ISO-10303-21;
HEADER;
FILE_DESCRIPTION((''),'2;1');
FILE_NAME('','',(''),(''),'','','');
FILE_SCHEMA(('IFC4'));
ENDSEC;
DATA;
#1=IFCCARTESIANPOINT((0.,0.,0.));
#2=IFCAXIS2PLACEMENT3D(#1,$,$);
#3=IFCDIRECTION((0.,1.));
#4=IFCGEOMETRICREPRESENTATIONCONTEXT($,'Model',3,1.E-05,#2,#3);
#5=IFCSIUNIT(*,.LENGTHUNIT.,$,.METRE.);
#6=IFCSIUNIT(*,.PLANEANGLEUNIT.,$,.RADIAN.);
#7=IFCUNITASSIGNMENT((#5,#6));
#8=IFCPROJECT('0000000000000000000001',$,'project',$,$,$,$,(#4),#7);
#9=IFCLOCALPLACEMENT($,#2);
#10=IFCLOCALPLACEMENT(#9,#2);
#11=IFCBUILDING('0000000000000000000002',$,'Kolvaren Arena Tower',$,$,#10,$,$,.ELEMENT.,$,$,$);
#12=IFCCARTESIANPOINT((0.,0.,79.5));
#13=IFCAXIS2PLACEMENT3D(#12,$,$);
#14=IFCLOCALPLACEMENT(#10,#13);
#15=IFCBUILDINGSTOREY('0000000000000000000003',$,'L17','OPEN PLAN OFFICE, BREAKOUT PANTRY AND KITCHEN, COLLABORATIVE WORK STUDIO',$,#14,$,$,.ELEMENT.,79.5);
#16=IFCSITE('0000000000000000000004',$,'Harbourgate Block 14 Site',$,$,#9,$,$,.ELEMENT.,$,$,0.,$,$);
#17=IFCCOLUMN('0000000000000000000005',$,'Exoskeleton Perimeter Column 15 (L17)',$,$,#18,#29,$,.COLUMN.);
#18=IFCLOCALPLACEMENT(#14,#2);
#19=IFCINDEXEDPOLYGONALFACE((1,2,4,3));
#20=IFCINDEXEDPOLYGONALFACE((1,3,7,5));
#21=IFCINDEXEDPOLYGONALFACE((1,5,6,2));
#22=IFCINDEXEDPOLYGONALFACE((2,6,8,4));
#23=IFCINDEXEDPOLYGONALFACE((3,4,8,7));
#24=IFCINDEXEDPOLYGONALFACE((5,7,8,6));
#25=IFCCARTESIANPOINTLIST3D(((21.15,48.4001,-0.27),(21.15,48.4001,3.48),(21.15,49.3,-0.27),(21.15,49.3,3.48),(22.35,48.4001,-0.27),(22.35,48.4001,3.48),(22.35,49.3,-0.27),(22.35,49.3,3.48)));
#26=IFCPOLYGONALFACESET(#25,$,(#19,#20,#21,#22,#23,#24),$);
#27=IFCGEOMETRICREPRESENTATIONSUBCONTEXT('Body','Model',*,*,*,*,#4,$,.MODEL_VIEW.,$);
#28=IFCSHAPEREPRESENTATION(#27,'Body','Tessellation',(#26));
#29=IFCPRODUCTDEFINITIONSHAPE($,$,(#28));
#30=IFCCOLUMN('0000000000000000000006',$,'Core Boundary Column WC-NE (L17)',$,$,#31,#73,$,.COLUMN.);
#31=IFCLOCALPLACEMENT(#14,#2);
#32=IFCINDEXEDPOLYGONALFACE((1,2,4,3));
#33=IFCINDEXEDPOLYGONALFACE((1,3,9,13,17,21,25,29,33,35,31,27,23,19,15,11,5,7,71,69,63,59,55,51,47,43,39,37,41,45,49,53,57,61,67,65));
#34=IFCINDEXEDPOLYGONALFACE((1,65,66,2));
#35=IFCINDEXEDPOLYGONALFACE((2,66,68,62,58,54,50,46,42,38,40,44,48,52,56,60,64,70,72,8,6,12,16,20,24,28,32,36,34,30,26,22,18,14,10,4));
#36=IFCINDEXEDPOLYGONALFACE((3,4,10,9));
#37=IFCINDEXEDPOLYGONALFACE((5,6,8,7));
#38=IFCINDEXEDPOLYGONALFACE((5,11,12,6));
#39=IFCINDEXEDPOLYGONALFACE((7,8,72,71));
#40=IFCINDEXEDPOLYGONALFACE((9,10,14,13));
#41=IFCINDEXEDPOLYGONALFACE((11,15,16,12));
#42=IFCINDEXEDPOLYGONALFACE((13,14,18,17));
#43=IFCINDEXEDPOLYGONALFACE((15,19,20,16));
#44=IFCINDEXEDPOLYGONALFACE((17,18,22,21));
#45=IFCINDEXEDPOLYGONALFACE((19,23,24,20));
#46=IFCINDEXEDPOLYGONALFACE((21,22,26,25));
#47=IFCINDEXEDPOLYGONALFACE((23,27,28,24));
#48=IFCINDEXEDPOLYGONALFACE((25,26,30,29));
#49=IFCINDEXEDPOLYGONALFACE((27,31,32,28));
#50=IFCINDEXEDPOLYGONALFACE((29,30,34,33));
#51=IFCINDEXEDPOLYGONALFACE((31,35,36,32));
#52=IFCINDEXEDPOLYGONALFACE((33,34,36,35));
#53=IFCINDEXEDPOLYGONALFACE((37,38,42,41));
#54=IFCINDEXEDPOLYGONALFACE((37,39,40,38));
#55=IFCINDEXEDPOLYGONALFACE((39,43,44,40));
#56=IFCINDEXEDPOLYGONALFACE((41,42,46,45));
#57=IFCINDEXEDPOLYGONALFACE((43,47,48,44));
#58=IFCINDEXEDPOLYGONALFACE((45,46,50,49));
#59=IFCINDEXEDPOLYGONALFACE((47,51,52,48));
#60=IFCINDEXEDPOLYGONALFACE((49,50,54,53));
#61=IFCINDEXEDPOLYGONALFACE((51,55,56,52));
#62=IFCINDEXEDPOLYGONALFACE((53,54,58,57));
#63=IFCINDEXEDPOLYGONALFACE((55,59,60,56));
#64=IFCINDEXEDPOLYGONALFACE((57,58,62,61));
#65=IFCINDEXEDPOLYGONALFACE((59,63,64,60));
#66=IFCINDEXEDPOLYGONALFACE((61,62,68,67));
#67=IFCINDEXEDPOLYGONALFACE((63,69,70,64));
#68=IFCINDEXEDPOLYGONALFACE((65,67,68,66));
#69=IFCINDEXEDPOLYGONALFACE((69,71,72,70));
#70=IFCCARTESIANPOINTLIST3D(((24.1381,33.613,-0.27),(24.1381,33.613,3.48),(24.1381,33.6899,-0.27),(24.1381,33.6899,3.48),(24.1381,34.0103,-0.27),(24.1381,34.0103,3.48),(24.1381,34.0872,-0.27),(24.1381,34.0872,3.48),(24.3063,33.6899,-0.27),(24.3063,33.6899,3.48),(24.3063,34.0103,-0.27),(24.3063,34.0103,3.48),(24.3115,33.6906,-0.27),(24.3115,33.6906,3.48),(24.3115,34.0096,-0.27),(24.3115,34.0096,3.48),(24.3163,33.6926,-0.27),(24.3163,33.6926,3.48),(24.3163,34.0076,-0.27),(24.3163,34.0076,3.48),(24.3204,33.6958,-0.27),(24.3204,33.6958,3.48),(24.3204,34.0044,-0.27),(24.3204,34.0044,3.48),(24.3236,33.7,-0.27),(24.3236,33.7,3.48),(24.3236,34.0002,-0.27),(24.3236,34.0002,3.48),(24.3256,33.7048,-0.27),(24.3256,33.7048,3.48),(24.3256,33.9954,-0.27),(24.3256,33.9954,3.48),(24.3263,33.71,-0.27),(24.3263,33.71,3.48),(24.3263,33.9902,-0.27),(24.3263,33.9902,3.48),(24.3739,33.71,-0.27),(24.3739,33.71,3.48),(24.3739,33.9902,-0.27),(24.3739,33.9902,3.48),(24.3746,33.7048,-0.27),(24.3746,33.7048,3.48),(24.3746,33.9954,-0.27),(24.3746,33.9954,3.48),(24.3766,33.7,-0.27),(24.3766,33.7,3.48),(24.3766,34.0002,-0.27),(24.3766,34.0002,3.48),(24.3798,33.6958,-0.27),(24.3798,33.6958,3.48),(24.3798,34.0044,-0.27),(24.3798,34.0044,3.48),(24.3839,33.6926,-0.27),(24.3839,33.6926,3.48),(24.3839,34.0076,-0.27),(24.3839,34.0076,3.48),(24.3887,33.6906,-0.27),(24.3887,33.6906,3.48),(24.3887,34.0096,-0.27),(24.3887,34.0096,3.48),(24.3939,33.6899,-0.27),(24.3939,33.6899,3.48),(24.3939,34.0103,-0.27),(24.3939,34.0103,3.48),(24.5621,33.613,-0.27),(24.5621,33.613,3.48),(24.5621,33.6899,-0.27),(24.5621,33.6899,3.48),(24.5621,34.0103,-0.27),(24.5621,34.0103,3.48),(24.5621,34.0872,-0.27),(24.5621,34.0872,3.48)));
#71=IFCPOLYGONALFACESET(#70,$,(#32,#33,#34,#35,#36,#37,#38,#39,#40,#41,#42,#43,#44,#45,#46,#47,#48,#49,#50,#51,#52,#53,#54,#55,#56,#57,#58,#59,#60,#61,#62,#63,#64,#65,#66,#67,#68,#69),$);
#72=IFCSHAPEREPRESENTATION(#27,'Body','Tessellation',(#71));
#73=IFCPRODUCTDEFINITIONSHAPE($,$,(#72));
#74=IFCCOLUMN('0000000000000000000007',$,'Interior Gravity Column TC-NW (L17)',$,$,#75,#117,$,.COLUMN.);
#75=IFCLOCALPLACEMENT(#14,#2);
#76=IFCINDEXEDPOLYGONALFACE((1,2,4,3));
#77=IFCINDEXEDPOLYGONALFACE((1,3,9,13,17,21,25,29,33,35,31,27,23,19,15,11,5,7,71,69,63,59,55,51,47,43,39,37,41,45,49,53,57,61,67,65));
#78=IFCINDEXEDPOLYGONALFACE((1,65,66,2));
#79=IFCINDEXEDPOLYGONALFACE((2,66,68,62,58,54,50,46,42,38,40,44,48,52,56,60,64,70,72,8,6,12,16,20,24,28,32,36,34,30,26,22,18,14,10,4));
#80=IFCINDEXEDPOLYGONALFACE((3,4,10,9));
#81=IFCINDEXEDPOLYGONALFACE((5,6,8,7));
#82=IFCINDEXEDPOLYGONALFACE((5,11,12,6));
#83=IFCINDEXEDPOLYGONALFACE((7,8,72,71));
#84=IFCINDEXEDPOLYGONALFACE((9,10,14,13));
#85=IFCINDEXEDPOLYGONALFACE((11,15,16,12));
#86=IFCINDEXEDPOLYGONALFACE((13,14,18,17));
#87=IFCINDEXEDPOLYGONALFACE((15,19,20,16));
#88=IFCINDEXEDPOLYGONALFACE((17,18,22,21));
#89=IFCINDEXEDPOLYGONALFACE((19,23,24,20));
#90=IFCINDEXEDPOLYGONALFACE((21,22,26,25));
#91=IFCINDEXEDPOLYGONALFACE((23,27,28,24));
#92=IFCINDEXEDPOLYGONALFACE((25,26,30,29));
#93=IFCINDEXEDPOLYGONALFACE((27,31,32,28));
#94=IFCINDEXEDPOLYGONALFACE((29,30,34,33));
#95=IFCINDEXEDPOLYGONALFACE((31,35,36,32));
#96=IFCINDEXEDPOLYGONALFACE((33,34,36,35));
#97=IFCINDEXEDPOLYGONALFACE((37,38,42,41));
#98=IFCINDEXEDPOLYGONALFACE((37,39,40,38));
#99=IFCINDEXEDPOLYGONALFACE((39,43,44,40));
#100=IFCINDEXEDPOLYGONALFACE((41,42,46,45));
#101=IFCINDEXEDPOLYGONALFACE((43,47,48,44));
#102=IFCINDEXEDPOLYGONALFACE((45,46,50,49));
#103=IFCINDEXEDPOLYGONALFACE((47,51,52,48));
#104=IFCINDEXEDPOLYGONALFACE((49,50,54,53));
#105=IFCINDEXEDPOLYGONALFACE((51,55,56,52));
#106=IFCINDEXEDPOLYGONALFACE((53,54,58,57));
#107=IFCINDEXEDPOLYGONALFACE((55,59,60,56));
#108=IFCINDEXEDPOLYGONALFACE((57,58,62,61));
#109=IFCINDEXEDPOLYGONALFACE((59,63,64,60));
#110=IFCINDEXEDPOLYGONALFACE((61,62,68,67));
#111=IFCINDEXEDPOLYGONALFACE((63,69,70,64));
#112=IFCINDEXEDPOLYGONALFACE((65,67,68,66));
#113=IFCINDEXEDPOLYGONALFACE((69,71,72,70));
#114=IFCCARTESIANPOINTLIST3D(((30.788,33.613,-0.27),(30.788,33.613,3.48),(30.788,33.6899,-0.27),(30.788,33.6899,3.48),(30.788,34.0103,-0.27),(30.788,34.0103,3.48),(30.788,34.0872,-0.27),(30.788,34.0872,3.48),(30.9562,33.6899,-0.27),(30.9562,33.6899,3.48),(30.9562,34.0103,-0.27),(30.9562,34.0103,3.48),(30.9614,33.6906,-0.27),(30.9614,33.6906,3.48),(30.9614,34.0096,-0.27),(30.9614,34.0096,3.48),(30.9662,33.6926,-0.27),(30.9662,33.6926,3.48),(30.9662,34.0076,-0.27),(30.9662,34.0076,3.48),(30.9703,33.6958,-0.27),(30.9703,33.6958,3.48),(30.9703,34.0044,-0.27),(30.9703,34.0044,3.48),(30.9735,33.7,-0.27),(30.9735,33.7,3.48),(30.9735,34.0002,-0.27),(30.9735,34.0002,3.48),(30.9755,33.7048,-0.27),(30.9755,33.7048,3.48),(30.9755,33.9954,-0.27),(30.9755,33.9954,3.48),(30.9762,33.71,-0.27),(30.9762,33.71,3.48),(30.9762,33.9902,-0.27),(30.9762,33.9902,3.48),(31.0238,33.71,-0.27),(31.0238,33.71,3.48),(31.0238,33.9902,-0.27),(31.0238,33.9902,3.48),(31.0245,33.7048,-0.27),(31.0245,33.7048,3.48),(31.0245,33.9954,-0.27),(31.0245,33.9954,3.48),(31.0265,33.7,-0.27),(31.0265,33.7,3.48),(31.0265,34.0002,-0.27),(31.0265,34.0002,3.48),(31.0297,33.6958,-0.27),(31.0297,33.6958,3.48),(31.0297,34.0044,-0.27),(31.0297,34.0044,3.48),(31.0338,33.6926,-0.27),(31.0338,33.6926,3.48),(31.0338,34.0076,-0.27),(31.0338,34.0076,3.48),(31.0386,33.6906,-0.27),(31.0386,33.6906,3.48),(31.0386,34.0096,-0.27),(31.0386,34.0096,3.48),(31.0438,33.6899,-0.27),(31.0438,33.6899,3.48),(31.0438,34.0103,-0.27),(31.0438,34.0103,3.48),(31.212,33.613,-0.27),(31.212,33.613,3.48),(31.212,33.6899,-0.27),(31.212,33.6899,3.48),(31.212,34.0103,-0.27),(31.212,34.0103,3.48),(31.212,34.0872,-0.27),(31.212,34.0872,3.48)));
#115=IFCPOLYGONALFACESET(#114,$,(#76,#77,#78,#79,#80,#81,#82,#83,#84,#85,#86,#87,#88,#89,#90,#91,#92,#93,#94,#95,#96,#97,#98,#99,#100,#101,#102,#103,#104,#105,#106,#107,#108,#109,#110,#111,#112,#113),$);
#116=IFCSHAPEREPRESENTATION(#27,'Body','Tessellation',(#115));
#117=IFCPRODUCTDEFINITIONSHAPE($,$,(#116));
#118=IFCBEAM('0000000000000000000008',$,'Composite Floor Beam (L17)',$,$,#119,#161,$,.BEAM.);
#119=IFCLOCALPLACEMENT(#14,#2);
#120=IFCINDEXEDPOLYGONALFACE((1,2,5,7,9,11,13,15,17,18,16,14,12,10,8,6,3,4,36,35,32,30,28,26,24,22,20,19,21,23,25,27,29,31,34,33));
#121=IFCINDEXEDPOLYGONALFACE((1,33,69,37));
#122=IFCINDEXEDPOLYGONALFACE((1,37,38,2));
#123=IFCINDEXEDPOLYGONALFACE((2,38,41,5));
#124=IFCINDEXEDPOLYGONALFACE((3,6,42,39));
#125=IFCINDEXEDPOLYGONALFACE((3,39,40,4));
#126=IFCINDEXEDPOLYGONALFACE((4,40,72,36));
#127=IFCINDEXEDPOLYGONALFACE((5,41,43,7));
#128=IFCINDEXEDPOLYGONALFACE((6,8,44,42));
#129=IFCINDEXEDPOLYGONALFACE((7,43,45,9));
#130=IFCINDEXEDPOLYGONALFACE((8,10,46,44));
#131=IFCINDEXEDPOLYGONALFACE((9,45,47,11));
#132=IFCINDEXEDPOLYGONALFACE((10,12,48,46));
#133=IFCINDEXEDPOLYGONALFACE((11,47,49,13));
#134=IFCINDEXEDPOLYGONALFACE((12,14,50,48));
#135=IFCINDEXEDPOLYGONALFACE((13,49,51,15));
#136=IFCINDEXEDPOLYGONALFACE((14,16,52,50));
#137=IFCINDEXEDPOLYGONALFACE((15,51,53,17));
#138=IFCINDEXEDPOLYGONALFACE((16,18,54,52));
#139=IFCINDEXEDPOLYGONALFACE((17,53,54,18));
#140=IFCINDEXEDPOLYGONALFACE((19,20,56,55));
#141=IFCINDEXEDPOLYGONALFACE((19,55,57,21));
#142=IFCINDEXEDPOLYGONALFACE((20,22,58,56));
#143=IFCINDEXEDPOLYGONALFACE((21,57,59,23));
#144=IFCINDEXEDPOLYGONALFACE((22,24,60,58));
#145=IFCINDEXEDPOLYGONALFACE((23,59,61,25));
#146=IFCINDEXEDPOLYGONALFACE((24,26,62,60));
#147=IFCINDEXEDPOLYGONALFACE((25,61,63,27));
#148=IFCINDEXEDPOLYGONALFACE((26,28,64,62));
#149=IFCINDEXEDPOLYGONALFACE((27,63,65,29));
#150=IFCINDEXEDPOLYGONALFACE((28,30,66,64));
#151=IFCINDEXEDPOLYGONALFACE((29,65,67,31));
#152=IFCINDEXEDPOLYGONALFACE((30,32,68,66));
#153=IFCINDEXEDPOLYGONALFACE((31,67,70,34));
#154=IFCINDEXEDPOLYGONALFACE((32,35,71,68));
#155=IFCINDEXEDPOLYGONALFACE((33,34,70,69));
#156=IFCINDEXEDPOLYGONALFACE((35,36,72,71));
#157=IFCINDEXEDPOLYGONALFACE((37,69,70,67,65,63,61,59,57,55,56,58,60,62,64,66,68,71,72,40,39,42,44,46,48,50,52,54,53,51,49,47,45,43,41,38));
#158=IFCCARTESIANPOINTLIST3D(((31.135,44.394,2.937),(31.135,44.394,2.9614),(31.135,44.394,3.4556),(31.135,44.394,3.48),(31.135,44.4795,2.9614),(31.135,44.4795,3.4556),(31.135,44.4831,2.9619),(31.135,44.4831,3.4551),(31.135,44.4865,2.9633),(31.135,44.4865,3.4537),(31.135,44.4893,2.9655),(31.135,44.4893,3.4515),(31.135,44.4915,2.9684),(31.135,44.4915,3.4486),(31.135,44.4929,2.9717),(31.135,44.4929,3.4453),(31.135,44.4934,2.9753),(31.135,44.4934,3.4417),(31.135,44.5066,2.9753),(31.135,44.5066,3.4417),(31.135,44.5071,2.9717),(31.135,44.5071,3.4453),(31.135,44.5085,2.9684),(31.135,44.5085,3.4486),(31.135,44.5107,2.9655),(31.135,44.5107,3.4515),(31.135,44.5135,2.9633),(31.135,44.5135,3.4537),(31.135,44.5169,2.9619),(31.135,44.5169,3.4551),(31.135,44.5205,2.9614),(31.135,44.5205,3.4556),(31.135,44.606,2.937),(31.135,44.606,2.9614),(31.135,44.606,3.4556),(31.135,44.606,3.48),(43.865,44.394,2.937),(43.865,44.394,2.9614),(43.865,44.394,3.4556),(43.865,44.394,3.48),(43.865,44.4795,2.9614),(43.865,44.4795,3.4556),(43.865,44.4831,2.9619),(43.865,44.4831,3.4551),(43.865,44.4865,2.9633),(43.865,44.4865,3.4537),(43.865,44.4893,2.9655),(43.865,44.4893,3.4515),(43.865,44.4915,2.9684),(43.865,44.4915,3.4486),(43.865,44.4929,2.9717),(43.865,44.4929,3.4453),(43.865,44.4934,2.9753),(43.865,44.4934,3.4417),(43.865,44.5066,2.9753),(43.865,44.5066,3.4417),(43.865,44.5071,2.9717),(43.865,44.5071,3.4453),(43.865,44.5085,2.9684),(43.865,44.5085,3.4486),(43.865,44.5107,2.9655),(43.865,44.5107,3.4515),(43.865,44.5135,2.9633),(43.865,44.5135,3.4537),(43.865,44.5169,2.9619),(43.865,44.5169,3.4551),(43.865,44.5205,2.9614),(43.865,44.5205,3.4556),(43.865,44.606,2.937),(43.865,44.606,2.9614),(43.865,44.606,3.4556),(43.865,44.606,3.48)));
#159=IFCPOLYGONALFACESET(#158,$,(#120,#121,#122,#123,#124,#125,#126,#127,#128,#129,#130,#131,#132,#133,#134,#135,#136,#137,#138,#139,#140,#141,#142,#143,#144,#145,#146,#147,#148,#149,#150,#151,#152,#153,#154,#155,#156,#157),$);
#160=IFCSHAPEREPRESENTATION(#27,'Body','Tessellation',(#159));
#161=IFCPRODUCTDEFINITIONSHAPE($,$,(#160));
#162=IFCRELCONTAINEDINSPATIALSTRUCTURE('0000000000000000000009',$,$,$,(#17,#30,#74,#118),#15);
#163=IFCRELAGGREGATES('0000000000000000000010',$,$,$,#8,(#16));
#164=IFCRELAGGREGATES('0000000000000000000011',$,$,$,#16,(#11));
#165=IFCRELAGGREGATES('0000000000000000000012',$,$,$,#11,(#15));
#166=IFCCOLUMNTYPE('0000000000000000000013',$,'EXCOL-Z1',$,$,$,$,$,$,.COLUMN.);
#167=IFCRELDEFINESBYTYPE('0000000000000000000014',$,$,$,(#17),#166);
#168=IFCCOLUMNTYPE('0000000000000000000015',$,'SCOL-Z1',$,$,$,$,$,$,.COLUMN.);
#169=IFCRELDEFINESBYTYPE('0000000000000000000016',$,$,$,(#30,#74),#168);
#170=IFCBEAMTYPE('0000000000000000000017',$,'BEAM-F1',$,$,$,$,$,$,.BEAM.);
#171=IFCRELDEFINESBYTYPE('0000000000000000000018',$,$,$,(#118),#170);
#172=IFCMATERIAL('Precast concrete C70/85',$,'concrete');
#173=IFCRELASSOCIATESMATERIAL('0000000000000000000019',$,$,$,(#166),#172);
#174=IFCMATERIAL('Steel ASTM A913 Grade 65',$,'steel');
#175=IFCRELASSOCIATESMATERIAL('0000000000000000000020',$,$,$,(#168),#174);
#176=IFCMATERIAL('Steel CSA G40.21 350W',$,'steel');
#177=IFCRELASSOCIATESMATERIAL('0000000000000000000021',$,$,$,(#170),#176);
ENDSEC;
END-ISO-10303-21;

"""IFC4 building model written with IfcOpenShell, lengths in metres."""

from ifc_helpers import new_model, si_unit, direction, frame, origin, origin_2d, place, context, subcontext, project, spatial, rectangle, i_section, extrude, material, material_profile, profile_set, type_object, element, save


model = new_model("IFC4")

# Units and contexts
model_context = context("Model", 3, precision=1e-05, world=origin(), true_north=direction((0.0, 1.0)))
body_context = subcontext(model_context, "Body", "Model", "MODEL_VIEW")
ifc_project = project(units=[si_unit("LENGTHUNIT", "METRE"), si_unit("PLANEANGLEUNIT", "RADIAN")], contexts=[model_context])

# Site, building, storey
site_placement = place(None, origin())
site = spatial("IfcSite", under=ifc_project, at=site_placement, Name="Harbourgate Block 14 Site", CompositionType="ELEMENT", RefElevation=0.0)
building_placement = place(site_placement, origin())
building = spatial("IfcBuilding", under=site, at=building_placement, Name="Kolvaren Arena Tower", CompositionType="ELEMENT")
storey_placement = place(building_placement, frame((0.0, 0.0, 79.5)))
storey = spatial("IfcBuildingStorey", under=building, at=storey_placement, Name="L17", Description="OPEN PLAN OFFICE, BREAKOUT PANTRY AND KITCHEN, COLLABORATIVE WORK STUDIO", CompositionType="ELEMENT", Elevation=79.5)

# Columns
ifc_material_1 = material(Name="Precast concrete C70/85", Category="concrete")
ifc_material_profile_1 = material_profile(ifc_material_1, rectangle(XDim=1.2, YDim=0.8999, at=origin_2d()), Name="RC-1200x900")
ifc_profile_set_1 = profile_set([ifc_material_profile_1], Name="Precast concrete C70/85")
column_type_1 = type_object("IfcColumnType", Name="EXCOL-Z1", PredefinedType="COLUMN", material=ifc_profile_set_1)
column_placement = place(storey_placement, frame((21.75, 48.8501, -0.27), z_axis=(0.0, 0.0, 1.0), x_axis=(1.0, 0.0, 0.0)))
element("IfcColumn", 1, at=column_placement, inside=storey, type_object=column_type_1, Name="Exoskeleton Perimeter Column 15 (L17)", PredefinedType="COLUMN", context=body_context, shape_type="SweptSolid", body=[
    extrude(rectangle(XDim=1.2, YDim=0.8999, at=origin_2d()), origin(), (0.0, 0.0, 1.0), 3.75),
])
ifc_material_2 = material(Name="Steel ASTM A913 Grade 65", Category="steel")
ifc_material_profile_2 = material_profile(ifc_material_2, i_section(OverallWidth=0.4241, OverallDepth=0.4741, WebThickness=0.0476, FlangeThickness=0.0769, FilletRadius=0.02, at=origin_2d()), Name="W360x634")
ifc_profile_set_2 = profile_set([ifc_material_profile_2], Name="Steel ASTM A913 Grade 65")
column_type_2 = type_object("IfcColumnType", Name="SCOL-Z1", PredefinedType="COLUMN", material=ifc_profile_set_2)
for number, where, z_axis, x_axis, name in (
    (2, (24.3501, 33.8501, -0.27), (0.0, 0.0, 1.0), (1.0, 0.0, 0.0), "Core Boundary Column WC-NE (L17)"),
    (3, (31.0, 33.8501, -0.27), (0.0, 0.0, 1.0), (1.0, 0.0, 0.0), "Interior Gravity Column TC-NW (L17)"),
):
    element("IfcColumn", number, at=place(storey_placement, frame(where, z_axis=z_axis, x_axis=x_axis)), inside=storey, type_object=column_type_2, Name=name, PredefinedType="COLUMN", context=body_context, shape_type="SweptSolid", body=[
        extrude(i_section(OverallWidth=0.4241, OverallDepth=0.4741, WebThickness=0.0476, FlangeThickness=0.0769, FilletRadius=0.02, at=origin_2d()), origin(), (0.0, 0.0, 1.0), 3.75),
    ])

# Beam
ifc_material_3 = material(Name="Steel CSA G40.21 350W", Category="steel")
ifc_material_profile_3 = material_profile(ifc_material_3, i_section(OverallWidth=0.2119, OverallDepth=0.543, WebThickness=0.0132, FlangeThickness=0.0244, FilletRadius=0.0139, at=origin_2d()), Name="W530x150")
ifc_profile_set_3 = profile_set([ifc_material_profile_3], Name="Steel CSA G40.21 350W")
beam_type_1 = type_object("IfcBeamType", Name="BEAM-F1", PredefinedType="BEAM", material=ifc_profile_set_3)
beam_1_placement = place(storey_placement, frame((31.135, 44.5, 3.2085), z_axis=(1.0, 0.0, 0.0), x_axis=(0.0, 1.0, 0.0)))
element("IfcBeam", 4, at=beam_1_placement, inside=storey, type_object=beam_type_1, Name="Composite Floor Beam (L17)", PredefinedType="BEAM", context=body_context, shape_type="SweptSolid", body=[
    extrude(i_section(OverallWidth=0.2119, OverallDepth=0.543, WebThickness=0.0132, FlangeThickness=0.0244, FilletRadius=0.0139, at=origin_2d()), origin(), (0.0, 0.0, 1.0), 12.73),
])

save(model, "model.ifc")
